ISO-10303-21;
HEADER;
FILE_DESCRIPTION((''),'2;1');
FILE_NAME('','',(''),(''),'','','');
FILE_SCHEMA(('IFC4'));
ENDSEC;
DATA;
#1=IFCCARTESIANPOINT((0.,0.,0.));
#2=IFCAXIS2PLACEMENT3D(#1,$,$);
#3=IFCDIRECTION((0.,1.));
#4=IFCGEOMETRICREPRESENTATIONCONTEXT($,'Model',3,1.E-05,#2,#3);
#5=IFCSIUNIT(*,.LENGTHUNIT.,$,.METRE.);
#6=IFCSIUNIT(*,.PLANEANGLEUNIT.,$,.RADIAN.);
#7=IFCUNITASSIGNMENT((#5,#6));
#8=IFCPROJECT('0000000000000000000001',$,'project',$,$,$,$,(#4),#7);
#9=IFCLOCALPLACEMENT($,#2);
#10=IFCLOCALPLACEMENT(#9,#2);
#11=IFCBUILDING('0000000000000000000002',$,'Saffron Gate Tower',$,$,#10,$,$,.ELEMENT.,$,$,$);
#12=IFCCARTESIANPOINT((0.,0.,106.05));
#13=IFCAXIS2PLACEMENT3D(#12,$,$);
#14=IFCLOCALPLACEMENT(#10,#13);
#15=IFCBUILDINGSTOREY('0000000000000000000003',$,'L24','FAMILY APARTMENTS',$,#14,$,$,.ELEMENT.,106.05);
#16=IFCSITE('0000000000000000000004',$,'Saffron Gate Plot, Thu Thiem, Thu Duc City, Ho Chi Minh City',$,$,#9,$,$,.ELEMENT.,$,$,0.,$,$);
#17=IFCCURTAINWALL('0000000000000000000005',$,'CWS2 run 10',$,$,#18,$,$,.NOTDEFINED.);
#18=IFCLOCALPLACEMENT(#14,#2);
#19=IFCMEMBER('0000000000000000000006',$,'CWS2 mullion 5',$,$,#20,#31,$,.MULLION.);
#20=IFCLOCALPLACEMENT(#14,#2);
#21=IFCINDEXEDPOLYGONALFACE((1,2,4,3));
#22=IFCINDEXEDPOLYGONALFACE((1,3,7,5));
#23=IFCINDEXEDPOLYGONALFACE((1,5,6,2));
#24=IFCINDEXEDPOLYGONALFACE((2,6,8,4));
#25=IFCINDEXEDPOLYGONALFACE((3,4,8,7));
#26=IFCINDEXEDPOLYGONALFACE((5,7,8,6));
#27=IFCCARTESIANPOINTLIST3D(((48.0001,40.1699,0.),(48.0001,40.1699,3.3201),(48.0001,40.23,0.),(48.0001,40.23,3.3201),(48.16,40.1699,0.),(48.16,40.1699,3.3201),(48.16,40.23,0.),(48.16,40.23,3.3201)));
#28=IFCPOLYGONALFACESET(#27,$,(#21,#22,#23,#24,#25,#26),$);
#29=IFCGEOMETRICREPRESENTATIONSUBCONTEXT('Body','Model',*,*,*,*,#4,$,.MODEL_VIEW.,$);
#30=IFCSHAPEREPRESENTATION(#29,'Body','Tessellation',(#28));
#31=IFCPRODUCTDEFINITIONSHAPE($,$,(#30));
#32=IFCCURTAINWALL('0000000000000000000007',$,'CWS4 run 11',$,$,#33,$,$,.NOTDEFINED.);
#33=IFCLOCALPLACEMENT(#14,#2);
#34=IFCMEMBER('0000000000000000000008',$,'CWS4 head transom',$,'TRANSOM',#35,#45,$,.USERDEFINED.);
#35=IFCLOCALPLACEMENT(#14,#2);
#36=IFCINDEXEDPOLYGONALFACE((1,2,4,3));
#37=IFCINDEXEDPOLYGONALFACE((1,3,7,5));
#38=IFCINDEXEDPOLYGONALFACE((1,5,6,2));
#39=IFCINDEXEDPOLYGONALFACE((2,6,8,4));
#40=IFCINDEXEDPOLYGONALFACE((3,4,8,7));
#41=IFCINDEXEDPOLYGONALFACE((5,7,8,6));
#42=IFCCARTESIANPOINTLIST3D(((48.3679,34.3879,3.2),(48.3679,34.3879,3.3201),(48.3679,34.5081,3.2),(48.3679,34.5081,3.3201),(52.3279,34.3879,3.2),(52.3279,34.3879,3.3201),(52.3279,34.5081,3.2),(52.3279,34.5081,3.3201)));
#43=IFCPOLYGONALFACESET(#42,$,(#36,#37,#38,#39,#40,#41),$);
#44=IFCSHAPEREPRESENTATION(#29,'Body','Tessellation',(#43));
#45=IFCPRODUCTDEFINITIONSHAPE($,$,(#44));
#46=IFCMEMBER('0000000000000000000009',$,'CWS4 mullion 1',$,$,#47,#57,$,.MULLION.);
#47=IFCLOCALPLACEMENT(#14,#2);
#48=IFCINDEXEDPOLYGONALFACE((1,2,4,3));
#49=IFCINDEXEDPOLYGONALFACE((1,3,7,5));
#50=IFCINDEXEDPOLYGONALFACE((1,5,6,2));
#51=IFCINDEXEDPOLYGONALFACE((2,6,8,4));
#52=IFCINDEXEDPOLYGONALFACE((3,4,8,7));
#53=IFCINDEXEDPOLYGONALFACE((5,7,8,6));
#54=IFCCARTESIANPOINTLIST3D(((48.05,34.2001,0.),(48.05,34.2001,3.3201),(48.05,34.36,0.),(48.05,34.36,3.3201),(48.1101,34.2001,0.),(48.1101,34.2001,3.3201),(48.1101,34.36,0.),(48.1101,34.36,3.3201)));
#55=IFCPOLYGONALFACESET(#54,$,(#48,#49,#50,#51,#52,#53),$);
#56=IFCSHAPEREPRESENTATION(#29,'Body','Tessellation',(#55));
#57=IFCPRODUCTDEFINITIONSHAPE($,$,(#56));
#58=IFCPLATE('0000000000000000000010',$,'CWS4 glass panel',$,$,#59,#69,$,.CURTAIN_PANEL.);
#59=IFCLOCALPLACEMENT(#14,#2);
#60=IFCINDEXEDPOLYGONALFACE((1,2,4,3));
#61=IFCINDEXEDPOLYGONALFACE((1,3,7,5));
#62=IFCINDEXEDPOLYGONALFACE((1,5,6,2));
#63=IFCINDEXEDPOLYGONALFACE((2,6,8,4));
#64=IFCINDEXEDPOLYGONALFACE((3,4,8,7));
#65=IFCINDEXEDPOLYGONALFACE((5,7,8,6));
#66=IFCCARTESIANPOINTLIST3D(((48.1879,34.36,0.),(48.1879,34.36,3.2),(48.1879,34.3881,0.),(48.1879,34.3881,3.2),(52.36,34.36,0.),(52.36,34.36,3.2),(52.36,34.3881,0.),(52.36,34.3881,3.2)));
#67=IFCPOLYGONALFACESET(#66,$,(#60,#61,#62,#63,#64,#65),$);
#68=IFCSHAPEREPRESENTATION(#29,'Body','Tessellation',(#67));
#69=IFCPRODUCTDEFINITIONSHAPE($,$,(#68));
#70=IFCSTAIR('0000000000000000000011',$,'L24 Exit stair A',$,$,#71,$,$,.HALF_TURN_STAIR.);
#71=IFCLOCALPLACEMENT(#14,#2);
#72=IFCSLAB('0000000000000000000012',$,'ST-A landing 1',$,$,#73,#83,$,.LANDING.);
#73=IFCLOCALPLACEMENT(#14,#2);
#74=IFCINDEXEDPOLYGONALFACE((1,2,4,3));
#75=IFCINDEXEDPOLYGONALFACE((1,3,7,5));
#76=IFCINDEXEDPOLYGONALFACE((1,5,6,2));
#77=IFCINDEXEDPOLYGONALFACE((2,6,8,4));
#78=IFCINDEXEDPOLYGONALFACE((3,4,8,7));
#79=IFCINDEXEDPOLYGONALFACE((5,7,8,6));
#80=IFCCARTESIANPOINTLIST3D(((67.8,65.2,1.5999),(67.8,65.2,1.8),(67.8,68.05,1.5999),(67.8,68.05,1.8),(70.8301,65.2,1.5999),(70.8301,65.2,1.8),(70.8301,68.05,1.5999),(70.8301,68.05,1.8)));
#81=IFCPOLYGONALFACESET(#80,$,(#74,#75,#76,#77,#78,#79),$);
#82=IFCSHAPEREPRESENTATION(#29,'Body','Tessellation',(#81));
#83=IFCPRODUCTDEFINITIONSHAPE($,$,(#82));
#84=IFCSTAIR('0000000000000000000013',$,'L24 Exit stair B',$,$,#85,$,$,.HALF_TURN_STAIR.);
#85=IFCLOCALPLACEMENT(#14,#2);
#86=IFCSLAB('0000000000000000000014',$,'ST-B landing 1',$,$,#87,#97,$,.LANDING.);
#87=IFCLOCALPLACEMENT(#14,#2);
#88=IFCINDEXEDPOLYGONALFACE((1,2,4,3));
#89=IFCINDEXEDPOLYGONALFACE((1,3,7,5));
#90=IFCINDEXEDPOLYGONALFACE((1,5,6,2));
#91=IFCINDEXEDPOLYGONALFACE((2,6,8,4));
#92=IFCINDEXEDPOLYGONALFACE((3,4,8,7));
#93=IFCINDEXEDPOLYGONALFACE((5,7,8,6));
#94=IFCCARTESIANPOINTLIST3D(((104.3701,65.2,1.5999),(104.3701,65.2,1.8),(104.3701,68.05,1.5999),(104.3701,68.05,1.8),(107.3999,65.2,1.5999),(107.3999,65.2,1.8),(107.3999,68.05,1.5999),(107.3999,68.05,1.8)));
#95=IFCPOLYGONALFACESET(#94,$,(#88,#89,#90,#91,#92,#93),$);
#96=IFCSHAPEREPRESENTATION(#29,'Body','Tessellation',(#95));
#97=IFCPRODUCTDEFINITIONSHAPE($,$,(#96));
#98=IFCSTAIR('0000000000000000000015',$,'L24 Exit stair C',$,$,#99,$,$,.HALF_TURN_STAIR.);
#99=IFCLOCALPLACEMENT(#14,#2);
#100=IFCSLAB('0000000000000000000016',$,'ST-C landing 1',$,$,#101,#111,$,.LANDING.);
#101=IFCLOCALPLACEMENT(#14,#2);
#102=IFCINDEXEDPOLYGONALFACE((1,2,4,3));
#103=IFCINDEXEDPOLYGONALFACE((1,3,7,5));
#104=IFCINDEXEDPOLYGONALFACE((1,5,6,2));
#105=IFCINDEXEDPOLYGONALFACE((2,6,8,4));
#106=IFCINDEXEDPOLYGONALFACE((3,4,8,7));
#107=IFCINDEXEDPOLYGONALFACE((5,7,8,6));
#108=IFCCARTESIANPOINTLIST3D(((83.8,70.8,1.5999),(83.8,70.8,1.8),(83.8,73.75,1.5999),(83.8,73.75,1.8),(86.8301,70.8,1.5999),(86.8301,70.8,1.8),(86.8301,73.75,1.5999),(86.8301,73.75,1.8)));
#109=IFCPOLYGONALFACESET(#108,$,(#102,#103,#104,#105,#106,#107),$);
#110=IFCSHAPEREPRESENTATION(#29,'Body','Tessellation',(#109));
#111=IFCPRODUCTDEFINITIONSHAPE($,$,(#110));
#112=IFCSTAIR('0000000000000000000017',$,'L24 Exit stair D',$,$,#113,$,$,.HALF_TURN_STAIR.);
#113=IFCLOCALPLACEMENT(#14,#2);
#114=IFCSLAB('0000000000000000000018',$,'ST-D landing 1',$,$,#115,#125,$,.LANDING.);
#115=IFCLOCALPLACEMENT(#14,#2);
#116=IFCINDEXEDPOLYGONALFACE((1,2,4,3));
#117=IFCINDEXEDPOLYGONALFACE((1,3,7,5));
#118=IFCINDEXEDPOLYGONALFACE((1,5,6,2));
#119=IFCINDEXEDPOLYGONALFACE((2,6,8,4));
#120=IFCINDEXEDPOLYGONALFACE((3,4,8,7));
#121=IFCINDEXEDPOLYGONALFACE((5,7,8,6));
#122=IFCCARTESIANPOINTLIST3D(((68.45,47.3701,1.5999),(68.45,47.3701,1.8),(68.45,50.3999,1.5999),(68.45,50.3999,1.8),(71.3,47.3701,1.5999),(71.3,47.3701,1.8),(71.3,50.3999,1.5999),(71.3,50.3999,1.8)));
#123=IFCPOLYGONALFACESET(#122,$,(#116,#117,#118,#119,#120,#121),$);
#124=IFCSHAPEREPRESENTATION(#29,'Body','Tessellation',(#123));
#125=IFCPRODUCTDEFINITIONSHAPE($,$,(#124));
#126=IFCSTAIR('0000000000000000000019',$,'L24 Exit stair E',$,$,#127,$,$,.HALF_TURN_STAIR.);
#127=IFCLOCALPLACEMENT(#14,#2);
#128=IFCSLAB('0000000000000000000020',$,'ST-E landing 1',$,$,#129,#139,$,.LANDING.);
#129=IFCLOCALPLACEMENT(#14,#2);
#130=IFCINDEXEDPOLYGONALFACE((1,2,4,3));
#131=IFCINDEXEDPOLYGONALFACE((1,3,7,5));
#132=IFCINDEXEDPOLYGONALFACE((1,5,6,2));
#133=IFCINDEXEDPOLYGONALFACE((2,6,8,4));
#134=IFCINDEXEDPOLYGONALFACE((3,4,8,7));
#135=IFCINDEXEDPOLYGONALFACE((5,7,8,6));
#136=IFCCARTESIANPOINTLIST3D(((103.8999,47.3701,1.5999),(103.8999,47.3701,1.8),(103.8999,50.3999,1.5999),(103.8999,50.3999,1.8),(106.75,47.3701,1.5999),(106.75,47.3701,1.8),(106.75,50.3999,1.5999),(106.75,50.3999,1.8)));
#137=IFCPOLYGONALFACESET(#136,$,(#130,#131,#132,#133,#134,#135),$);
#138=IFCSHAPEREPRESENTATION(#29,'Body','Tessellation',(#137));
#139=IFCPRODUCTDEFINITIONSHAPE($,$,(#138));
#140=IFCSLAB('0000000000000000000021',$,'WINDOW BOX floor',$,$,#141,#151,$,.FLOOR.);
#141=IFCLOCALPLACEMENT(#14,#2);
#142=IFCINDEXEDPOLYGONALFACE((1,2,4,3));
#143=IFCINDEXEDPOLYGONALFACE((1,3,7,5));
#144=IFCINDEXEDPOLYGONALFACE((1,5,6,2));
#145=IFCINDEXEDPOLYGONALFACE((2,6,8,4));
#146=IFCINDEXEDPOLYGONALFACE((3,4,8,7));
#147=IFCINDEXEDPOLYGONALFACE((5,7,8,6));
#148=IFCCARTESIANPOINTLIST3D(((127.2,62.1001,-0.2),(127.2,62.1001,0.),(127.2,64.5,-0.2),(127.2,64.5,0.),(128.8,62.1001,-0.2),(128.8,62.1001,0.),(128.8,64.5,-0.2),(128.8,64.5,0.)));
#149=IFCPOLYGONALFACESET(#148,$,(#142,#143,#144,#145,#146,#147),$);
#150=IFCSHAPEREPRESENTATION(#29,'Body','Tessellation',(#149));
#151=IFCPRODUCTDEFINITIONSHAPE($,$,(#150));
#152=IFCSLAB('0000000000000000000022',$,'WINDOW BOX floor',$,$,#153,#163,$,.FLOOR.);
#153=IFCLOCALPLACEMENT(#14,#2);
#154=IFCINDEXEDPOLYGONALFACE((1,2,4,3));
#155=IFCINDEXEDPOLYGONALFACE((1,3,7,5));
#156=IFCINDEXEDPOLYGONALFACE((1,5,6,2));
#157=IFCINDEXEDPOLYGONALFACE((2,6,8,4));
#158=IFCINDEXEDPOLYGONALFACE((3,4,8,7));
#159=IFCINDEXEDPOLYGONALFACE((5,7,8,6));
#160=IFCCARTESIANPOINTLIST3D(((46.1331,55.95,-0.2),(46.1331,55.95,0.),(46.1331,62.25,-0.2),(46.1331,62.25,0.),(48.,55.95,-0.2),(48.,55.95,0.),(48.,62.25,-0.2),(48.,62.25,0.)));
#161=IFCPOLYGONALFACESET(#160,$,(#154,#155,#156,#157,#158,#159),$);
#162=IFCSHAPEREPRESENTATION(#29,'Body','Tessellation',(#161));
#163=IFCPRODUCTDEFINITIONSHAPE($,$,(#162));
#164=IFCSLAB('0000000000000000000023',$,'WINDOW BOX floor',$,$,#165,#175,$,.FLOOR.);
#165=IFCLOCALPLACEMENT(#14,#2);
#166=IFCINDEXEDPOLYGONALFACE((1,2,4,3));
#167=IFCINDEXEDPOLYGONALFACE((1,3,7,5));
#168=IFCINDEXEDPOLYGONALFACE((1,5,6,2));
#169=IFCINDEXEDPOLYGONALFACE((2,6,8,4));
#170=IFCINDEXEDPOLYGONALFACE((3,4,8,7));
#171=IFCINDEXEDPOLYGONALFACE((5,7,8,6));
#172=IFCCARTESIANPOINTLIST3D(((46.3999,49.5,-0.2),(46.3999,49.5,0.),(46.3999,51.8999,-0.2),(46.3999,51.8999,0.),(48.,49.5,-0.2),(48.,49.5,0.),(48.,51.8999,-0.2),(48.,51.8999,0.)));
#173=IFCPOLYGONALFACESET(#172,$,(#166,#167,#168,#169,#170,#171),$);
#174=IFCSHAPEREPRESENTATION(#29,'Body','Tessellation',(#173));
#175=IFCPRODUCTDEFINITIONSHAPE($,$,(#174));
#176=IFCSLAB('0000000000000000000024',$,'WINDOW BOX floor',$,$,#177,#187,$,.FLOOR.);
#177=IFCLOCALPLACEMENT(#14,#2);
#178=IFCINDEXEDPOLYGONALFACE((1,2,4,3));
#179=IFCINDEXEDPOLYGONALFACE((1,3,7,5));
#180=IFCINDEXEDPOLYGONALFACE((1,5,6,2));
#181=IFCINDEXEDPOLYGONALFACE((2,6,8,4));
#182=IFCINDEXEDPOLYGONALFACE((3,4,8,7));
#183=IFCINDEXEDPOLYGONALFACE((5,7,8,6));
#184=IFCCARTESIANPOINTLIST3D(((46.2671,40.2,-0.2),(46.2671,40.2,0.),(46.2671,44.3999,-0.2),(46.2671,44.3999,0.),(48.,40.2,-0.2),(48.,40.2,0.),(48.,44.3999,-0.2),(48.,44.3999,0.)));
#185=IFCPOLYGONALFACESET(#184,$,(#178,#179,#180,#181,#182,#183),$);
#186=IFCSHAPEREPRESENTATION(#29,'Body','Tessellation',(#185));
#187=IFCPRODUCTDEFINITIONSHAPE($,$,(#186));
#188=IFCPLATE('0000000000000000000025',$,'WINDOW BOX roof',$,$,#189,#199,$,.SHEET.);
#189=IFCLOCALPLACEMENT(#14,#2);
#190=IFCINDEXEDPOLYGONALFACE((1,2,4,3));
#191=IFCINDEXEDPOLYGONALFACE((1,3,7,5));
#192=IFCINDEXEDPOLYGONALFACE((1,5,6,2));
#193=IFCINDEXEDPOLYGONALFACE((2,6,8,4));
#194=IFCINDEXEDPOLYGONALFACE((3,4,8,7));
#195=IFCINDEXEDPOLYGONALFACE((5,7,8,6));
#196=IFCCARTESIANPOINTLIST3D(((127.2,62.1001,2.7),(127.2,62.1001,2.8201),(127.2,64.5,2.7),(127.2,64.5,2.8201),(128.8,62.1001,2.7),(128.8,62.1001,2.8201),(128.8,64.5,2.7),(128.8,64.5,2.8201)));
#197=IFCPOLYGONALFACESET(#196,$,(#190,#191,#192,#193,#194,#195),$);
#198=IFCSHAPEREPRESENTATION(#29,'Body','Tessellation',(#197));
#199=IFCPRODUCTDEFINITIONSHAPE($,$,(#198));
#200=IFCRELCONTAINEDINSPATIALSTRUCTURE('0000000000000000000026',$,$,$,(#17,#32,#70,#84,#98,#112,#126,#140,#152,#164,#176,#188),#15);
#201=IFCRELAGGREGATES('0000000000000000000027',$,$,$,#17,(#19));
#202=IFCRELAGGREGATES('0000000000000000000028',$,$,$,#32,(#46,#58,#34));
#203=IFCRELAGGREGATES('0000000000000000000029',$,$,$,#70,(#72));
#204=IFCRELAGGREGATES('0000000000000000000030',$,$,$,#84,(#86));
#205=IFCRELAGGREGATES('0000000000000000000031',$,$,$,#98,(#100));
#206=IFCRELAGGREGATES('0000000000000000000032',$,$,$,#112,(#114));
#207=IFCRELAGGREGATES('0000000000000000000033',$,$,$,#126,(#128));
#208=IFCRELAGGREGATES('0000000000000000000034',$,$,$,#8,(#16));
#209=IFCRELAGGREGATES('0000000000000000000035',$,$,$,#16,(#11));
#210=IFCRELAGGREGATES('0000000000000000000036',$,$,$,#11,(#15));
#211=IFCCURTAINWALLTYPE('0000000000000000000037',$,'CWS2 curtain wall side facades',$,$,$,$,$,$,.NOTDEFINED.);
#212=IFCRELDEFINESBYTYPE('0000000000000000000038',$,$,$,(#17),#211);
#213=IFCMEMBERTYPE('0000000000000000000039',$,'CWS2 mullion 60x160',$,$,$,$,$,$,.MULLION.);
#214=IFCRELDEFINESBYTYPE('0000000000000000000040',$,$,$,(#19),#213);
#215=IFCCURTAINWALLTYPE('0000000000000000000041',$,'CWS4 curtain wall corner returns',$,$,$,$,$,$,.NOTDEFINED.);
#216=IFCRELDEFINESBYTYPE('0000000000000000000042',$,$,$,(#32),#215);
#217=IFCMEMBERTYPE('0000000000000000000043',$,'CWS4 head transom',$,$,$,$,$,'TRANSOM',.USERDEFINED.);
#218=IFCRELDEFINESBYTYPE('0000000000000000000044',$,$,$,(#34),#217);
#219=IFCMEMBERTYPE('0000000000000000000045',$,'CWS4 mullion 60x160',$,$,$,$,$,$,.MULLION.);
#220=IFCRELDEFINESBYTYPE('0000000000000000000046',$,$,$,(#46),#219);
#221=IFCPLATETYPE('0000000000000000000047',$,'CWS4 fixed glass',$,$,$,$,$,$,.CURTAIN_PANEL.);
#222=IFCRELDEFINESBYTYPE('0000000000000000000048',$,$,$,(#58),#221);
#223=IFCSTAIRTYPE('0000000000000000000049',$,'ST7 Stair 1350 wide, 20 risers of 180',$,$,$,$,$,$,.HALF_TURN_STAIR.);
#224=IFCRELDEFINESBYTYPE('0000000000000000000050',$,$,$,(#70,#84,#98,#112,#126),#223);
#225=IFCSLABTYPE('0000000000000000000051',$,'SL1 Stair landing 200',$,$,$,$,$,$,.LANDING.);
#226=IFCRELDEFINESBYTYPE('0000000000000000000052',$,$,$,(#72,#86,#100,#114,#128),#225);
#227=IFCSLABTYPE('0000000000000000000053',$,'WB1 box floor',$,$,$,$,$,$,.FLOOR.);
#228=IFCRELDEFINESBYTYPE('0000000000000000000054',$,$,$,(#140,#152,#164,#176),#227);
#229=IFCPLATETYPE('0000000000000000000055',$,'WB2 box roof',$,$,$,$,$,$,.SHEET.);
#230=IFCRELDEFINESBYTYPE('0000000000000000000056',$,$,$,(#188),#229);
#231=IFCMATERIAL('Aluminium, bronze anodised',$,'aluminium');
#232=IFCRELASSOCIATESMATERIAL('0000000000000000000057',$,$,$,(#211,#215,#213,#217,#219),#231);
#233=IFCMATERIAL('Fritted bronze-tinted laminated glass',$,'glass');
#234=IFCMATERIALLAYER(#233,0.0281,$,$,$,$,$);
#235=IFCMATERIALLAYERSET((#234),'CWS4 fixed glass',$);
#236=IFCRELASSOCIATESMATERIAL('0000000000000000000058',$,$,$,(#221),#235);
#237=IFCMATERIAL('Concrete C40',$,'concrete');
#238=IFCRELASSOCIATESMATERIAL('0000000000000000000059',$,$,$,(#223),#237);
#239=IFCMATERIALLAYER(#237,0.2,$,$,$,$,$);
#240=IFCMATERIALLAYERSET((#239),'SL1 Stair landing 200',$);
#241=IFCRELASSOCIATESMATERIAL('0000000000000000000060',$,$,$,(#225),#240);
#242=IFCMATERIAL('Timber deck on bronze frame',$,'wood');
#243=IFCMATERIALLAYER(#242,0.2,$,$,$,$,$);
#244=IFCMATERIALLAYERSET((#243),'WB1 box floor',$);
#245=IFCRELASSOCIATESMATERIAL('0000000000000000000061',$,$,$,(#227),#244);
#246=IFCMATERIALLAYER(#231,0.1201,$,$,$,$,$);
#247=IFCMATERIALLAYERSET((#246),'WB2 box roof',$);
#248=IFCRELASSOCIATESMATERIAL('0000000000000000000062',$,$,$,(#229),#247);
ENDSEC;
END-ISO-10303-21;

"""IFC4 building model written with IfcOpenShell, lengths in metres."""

from ifc_helpers import new_model, si_unit, direction, frame, frame_2d, origin, origin_2d, place, context, subcontext, project, spatial, polyline, rectangle, outline, extrude, material, layer, layer_set, material_profile, profile_set, type_object, element, aggregate, save


model = new_model("IFC4")

# Units and contexts
model_context = context("Model", 3, precision=1e-05, world=origin(), true_north=direction((0.0, 1.0)))
body_context = subcontext(model_context, "Body", "Model", "MODEL_VIEW")
ifc_project = project(units=[si_unit("LENGTHUNIT", "METRE"), si_unit("PLANEANGLEUNIT", "RADIAN")], contexts=[model_context])

# Site, building, storey
site_placement = place(None, origin())
site = spatial("IfcSite", under=ifc_project, at=site_placement, Name="Saffron Gate Plot, Thu Thiem, Thu Duc City, Ho Chi Minh City", CompositionType="ELEMENT", RefElevation=0.0)
building_placement = place(site_placement, origin())
building = spatial("IfcBuilding", under=site, at=building_placement, Name="Saffron Gate Tower", CompositionType="ELEMENT")
storey_placement = place(building_placement, frame((0.0, 0.0, 106.05)))
storey = spatial("IfcBuildingStorey", under=building, at=storey_placement, Name="L24", Description="FAMILY APARTMENTS", CompositionType="ELEMENT", Elevation=106.05)

# Curtain wall, member
ifc_material_1 = material(Name="Aluminium, bronze anodised", Category="aluminium")
curtain_wall_type_1 = type_object("IfcCurtainWallType", Name="CWS2 curtain wall side facades", PredefinedType="NOTDEFINED", material=ifc_material_1)
curtain_wall_1_placement = place(storey_placement, origin())
curtain_wall_1 = element("IfcCurtainWall", 1, at=curtain_wall_1_placement, inside=storey, type_object=curtain_wall_type_1, Name="CWS2 run 10", PredefinedType="NOTDEFINED")
ifc_material_profile_1 = material_profile(ifc_material_1, rectangle(XDim=0.1599, YDim=0.0601, at=origin_2d()))
ifc_profile_set_1 = profile_set([ifc_material_profile_1], Name="Aluminium, bronze anodised")
member_type_1 = type_object("IfcMemberType", Name="CWS2 mullion 60x160", PredefinedType="MULLION", material=ifc_profile_set_1)
member_1_placement = place(storey_placement, frame((48.0801, 40.2, 0.0), z_axis=(0.0, 0.0, 1.0), x_axis=(1.0, 0.0, 0.0)))
member_1 = element("IfcMember", 2, at=member_1_placement, type_object=member_type_1, Name="CWS2 mullion 5", PredefinedType="MULLION", context=body_context, shape_type="SweptSolid", body=[
    extrude(rectangle(XDim=0.1599, YDim=0.0601, at=origin_2d()), origin(), (0.0, 0.0, 1.0), 3.3201),
])
aggregate(curtain_wall_1, [member_1])

# Curtain wall, members, plate
curtain_wall_type_2 = type_object("IfcCurtainWallType", Name="CWS4 curtain wall corner returns", PredefinedType="NOTDEFINED", material=ifc_material_1)
curtain_wall_2_placement = place(storey_placement, origin())
curtain_wall_2 = element("IfcCurtainWall", 3, at=curtain_wall_2_placement, inside=storey, type_object=curtain_wall_type_2, Name="CWS4 run 11", PredefinedType="NOTDEFINED")
ifc_material_profile_2 = material_profile(ifc_material_1, rectangle(XDim=0.1201, YDim=0.1201, at=origin_2d()))
ifc_profile_set_2 = profile_set([ifc_material_profile_2], Name="Aluminium, bronze anodised")
member_type_2 = type_object("IfcMemberType", Name="CWS4 head transom", ElementType="TRANSOM", PredefinedType="USERDEFINED", material=ifc_profile_set_2)
member_2_placement = place(storey_placement, frame((48.3679, 34.448, 3.26), z_axis=(1.0, 0.0, 0.0), x_axis=(0.0, 1.0, 0.0)))
member_2 = element("IfcMember", 4, at=member_2_placement, type_object=member_type_2, Name="CWS4 head transom", ObjectType="TRANSOM", PredefinedType="USERDEFINED", context=body_context, shape_type="SweptSolid", body=[
    extrude(rectangle(XDim=0.1201, YDim=0.1201, at=origin_2d()), origin(), (0.0, 0.0, 1.0), 3.96),
])
ifc_material_profile_3 = material_profile(ifc_material_1, rectangle(XDim=0.1599, YDim=0.0601, at=origin_2d()))
ifc_profile_set_3 = profile_set([ifc_material_profile_3], Name="Aluminium, bronze anodised")
member_type_3 = type_object("IfcMemberType", Name="CWS4 mullion 60x160", PredefinedType="MULLION", material=ifc_profile_set_3)
member_3_placement = place(storey_placement, frame((48.0801, 34.28, 0.0), z_axis=(0.0, 0.0, 1.0), x_axis=(0.0, 1.0, 0.0)))
member_3 = element("IfcMember", 5, at=member_3_placement, type_object=member_type_3, Name="CWS4 mullion 1", PredefinedType="MULLION", context=body_context, shape_type="SweptSolid", body=[
    extrude(rectangle(XDim=0.1599, YDim=0.0601, at=origin_2d()), origin(), (0.0, 0.0, 1.0), 3.3201),
])
ifc_material_2 = material(Name="Fritted bronze-tinted laminated glass", Category="glass")
ifc_layer_1 = layer(ifc_material_2, 0.0281)
ifc_layer_set_1 = layer_set([ifc_layer_1], Name="CWS4 fixed glass")
plate_type_1 = type_object("IfcPlateType", Name="CWS4 fixed glass", PredefinedType="CURTAIN_PANEL", material=ifc_layer_set_1)
plate_1_placement = place(storey_placement, frame((48.188, 34.374, 0.0), z_axis=(0.0, 0.0, 1.0), x_axis=(1.0, 0.0, 0.0)))
plate_1 = element("IfcPlate", 6, at=plate_1_placement, type_object=plate_type_1, Name="CWS4 glass panel", PredefinedType="CURTAIN_PANEL", context=body_context, shape_type="SweptSolid", body=[
    extrude(rectangle(XDim=4.1721, YDim=0.0281, at=frame_2d((2.0859, 0.0))), origin(), (0.0, 0.0, 1.0), 3.2),
])
aggregate(curtain_wall_2, [member_3, plate_1, member_2])

# Stairs, slabs
ifc_material_3 = material(Name="Concrete C40", Category="concrete")
stair_type = type_object("IfcStairType", Name="ST7 Stair 1350 wide, 20 risers of 180", PredefinedType="HALF_TURN_STAIR", material=ifc_material_3)
stair_1_placement = place(storey_placement, origin())
stair_1 = element("IfcStair", 7, at=stair_1_placement, inside=storey, type_object=stair_type, Name="L24 Exit stair A", PredefinedType="HALF_TURN_STAIR")
ifc_layer_2 = layer(ifc_material_3, 0.2)
ifc_layer_set_2 = layer_set([ifc_layer_2], Name="SL1 Stair landing 200")
slab_type_1 = type_object("IfcSlabType", Name="SL1 Stair landing 200", PredefinedType="LANDING", material=ifc_layer_set_2)
slab_1_placement = place(storey_placement, frame((0.0, 0.0, 1.5999)))
slab_1 = element("IfcSlab", 8, at=slab_1_placement, type_object=slab_type_1, Name="ST-A landing 1", PredefinedType="LANDING", context=body_context, shape_type="SweptSolid", body=[
    extrude(outline(polyline([(70.8301, 68.05), (67.8, 68.05), (67.8, 65.2), (70.8301, 65.2), (70.8301, 68.05)])), origin(), (0.0, 0.0, 1.0), 0.2002),
])
aggregate(stair_1, [slab_1])
stair_2_placement = place(storey_placement, origin())
stair_2 = element("IfcStair", 9, at=stair_2_placement, inside=storey, type_object=stair_type, Name="L24 Exit stair B", PredefinedType="HALF_TURN_STAIR")
slab_2_placement = place(storey_placement, frame((0.0, 0.0, 1.5999)))
slab_2 = element("IfcSlab", 10, at=slab_2_placement, type_object=slab_type_1, Name="ST-B landing 1", PredefinedType="LANDING", context=body_context, shape_type="SweptSolid", body=[
    extrude(outline(polyline([(104.3701, 65.2), (107.3999, 65.2), (107.3999, 68.05), (104.3701, 68.05), (104.3701, 65.2)])), origin(), (0.0, 0.0, 1.0), 0.2002),
])
aggregate(stair_2, [slab_2])
stair_3_placement = place(storey_placement, origin())
stair_3 = element("IfcStair", 11, at=stair_3_placement, inside=storey, type_object=stair_type, Name="L24 Exit stair C", PredefinedType="HALF_TURN_STAIR")
slab_3_placement = place(storey_placement, frame((0.0, 0.0, 1.5999)))
slab_3 = element("IfcSlab", 12, at=slab_3_placement, type_object=slab_type_1, Name="ST-C landing 1", PredefinedType="LANDING", context=body_context, shape_type="SweptSolid", body=[
    extrude(outline(polyline([(86.8301, 73.75), (83.8, 73.75), (83.8, 70.8), (86.8301, 70.8), (86.8301, 73.75)])), origin(), (0.0, 0.0, 1.0), 0.2002),
])
aggregate(stair_3, [slab_3])
stair_4_placement = place(storey_placement, origin())
stair_4 = element("IfcStair", 13, at=stair_4_placement, inside=storey, type_object=stair_type, Name="L24 Exit stair D", PredefinedType="HALF_TURN_STAIR")
slab_4_placement = place(storey_placement, frame((0.0, 0.0, 1.5999)))
slab_4 = element("IfcSlab", 14, at=slab_4_placement, type_object=slab_type_1, Name="ST-D landing 1", PredefinedType="LANDING", context=body_context, shape_type="SweptSolid", body=[
    extrude(outline(polyline([(71.3, 47.3701), (71.3, 50.3999), (68.45, 50.3999), (68.45, 47.3701), (71.3, 47.3701)])), origin(), (0.0, 0.0, 1.0), 0.2002),
])
aggregate(stair_4, [slab_4])
stair_5_placement = place(storey_placement, origin())
stair_5 = element("IfcStair", 15, at=stair_5_placement, inside=storey, type_object=stair_type, Name="L24 Exit stair E", PredefinedType="HALF_TURN_STAIR")
slab_5_placement = place(storey_placement, frame((0.0, 0.0, 1.5999)))
slab_5 = element("IfcSlab", 16, at=slab_5_placement, type_object=slab_type_1, Name="ST-E landing 1", PredefinedType="LANDING", context=body_context, shape_type="SweptSolid", body=[
    extrude(outline(polyline([(106.75, 47.3701), (106.75, 50.3999), (103.8999, 50.3999), (103.8999, 47.3701), (106.75, 47.3701)])), origin(), (0.0, 0.0, 1.0), 0.2002),
])
aggregate(stair_5, [slab_5])

# Slabs
ifc_material_4 = material(Name="Timber deck on bronze frame", Category="wood")
ifc_layer_3 = layer(ifc_material_4, 0.2)
ifc_layer_set_3 = layer_set([ifc_layer_3], Name="WB1 box floor")
slab_type_2 = type_object("IfcSlabType", Name="WB1 box floor", PredefinedType="FLOOR", material=ifc_layer_set_3)
slab_6_placement = place(storey_placement, frame((0.0, 0.0, -0.2)))
element("IfcSlab", 17, at=slab_6_placement, inside=storey, type_object=slab_type_2, Name="WINDOW BOX floor", PredefinedType="FLOOR", context=body_context, shape_type="SweptSolid", body=[
    extrude(outline(polyline([(127.2, 62.1001), (127.2, 64.5), (128.8, 64.5), (128.8, 62.1001), (127.2, 62.1001)])), origin(), (0.0, 0.0, 1.0), 0.2),
])
slab_7_placement = place(storey_placement, frame((0.0, 0.0, -0.2)))
element("IfcSlab", 18, at=slab_7_placement, inside=storey, type_object=slab_type_2, Name="WINDOW BOX floor", PredefinedType="FLOOR", context=body_context, shape_type="SweptSolid", body=[
    extrude(outline(polyline([(48.0, 62.25), (48.0, 55.95), (46.1331, 55.95), (46.1331, 62.25), (48.0, 62.25)])), origin(), (0.0, 0.0, 1.0), 0.2),
])
slab_8_placement = place(storey_placement, frame((0.0, 0.0, -0.2)))
element("IfcSlab", 19, at=slab_8_placement, inside=storey, type_object=slab_type_2, Name="WINDOW BOX floor", PredefinedType="FLOOR", context=body_context, shape_type="SweptSolid", body=[
    extrude(outline(polyline([(48.0, 51.8999), (48.0, 49.5), (46.3999, 49.5), (46.3999, 51.8999), (48.0, 51.8999)])), origin(), (0.0, 0.0, 1.0), 0.2),
])
slab_9_placement = place(storey_placement, frame((0.0, 0.0, -0.2)))
element("IfcSlab", 20, at=slab_9_placement, inside=storey, type_object=slab_type_2, Name="WINDOW BOX floor", PredefinedType="FLOOR", context=body_context, shape_type="SweptSolid", body=[
    extrude(outline(polyline([(48.0, 44.3999), (48.0, 40.2), (46.2671, 40.2), (46.2671, 44.3999), (48.0, 44.3999)])), origin(), (0.0, 0.0, 1.0), 0.2),
])

# Plate
ifc_layer_4 = layer(ifc_material_1, 0.1201)
ifc_layer_set_4 = layer_set([ifc_layer_4], Name="WB2 box roof")
plate_type_2 = type_object("IfcPlateType", Name="WB2 box roof", PredefinedType="SHEET", material=ifc_layer_set_4)
plate_2_placement = place(storey_placement, frame((0.0, 0.0, 2.7)))
element("IfcPlate", 21, at=plate_2_placement, inside=storey, type_object=plate_type_2, Name="WINDOW BOX roof", PredefinedType="SHEET", context=body_context, shape_type="SweptSolid", body=[
    extrude(outline(polyline([(127.2, 62.1001), (127.2, 64.5), (128.8, 64.5), (128.8, 62.1001), (127.2, 62.1001)])), origin(), (0.0, 0.0, 1.0), 0.1201),
])

save(model, "model.ifc")
